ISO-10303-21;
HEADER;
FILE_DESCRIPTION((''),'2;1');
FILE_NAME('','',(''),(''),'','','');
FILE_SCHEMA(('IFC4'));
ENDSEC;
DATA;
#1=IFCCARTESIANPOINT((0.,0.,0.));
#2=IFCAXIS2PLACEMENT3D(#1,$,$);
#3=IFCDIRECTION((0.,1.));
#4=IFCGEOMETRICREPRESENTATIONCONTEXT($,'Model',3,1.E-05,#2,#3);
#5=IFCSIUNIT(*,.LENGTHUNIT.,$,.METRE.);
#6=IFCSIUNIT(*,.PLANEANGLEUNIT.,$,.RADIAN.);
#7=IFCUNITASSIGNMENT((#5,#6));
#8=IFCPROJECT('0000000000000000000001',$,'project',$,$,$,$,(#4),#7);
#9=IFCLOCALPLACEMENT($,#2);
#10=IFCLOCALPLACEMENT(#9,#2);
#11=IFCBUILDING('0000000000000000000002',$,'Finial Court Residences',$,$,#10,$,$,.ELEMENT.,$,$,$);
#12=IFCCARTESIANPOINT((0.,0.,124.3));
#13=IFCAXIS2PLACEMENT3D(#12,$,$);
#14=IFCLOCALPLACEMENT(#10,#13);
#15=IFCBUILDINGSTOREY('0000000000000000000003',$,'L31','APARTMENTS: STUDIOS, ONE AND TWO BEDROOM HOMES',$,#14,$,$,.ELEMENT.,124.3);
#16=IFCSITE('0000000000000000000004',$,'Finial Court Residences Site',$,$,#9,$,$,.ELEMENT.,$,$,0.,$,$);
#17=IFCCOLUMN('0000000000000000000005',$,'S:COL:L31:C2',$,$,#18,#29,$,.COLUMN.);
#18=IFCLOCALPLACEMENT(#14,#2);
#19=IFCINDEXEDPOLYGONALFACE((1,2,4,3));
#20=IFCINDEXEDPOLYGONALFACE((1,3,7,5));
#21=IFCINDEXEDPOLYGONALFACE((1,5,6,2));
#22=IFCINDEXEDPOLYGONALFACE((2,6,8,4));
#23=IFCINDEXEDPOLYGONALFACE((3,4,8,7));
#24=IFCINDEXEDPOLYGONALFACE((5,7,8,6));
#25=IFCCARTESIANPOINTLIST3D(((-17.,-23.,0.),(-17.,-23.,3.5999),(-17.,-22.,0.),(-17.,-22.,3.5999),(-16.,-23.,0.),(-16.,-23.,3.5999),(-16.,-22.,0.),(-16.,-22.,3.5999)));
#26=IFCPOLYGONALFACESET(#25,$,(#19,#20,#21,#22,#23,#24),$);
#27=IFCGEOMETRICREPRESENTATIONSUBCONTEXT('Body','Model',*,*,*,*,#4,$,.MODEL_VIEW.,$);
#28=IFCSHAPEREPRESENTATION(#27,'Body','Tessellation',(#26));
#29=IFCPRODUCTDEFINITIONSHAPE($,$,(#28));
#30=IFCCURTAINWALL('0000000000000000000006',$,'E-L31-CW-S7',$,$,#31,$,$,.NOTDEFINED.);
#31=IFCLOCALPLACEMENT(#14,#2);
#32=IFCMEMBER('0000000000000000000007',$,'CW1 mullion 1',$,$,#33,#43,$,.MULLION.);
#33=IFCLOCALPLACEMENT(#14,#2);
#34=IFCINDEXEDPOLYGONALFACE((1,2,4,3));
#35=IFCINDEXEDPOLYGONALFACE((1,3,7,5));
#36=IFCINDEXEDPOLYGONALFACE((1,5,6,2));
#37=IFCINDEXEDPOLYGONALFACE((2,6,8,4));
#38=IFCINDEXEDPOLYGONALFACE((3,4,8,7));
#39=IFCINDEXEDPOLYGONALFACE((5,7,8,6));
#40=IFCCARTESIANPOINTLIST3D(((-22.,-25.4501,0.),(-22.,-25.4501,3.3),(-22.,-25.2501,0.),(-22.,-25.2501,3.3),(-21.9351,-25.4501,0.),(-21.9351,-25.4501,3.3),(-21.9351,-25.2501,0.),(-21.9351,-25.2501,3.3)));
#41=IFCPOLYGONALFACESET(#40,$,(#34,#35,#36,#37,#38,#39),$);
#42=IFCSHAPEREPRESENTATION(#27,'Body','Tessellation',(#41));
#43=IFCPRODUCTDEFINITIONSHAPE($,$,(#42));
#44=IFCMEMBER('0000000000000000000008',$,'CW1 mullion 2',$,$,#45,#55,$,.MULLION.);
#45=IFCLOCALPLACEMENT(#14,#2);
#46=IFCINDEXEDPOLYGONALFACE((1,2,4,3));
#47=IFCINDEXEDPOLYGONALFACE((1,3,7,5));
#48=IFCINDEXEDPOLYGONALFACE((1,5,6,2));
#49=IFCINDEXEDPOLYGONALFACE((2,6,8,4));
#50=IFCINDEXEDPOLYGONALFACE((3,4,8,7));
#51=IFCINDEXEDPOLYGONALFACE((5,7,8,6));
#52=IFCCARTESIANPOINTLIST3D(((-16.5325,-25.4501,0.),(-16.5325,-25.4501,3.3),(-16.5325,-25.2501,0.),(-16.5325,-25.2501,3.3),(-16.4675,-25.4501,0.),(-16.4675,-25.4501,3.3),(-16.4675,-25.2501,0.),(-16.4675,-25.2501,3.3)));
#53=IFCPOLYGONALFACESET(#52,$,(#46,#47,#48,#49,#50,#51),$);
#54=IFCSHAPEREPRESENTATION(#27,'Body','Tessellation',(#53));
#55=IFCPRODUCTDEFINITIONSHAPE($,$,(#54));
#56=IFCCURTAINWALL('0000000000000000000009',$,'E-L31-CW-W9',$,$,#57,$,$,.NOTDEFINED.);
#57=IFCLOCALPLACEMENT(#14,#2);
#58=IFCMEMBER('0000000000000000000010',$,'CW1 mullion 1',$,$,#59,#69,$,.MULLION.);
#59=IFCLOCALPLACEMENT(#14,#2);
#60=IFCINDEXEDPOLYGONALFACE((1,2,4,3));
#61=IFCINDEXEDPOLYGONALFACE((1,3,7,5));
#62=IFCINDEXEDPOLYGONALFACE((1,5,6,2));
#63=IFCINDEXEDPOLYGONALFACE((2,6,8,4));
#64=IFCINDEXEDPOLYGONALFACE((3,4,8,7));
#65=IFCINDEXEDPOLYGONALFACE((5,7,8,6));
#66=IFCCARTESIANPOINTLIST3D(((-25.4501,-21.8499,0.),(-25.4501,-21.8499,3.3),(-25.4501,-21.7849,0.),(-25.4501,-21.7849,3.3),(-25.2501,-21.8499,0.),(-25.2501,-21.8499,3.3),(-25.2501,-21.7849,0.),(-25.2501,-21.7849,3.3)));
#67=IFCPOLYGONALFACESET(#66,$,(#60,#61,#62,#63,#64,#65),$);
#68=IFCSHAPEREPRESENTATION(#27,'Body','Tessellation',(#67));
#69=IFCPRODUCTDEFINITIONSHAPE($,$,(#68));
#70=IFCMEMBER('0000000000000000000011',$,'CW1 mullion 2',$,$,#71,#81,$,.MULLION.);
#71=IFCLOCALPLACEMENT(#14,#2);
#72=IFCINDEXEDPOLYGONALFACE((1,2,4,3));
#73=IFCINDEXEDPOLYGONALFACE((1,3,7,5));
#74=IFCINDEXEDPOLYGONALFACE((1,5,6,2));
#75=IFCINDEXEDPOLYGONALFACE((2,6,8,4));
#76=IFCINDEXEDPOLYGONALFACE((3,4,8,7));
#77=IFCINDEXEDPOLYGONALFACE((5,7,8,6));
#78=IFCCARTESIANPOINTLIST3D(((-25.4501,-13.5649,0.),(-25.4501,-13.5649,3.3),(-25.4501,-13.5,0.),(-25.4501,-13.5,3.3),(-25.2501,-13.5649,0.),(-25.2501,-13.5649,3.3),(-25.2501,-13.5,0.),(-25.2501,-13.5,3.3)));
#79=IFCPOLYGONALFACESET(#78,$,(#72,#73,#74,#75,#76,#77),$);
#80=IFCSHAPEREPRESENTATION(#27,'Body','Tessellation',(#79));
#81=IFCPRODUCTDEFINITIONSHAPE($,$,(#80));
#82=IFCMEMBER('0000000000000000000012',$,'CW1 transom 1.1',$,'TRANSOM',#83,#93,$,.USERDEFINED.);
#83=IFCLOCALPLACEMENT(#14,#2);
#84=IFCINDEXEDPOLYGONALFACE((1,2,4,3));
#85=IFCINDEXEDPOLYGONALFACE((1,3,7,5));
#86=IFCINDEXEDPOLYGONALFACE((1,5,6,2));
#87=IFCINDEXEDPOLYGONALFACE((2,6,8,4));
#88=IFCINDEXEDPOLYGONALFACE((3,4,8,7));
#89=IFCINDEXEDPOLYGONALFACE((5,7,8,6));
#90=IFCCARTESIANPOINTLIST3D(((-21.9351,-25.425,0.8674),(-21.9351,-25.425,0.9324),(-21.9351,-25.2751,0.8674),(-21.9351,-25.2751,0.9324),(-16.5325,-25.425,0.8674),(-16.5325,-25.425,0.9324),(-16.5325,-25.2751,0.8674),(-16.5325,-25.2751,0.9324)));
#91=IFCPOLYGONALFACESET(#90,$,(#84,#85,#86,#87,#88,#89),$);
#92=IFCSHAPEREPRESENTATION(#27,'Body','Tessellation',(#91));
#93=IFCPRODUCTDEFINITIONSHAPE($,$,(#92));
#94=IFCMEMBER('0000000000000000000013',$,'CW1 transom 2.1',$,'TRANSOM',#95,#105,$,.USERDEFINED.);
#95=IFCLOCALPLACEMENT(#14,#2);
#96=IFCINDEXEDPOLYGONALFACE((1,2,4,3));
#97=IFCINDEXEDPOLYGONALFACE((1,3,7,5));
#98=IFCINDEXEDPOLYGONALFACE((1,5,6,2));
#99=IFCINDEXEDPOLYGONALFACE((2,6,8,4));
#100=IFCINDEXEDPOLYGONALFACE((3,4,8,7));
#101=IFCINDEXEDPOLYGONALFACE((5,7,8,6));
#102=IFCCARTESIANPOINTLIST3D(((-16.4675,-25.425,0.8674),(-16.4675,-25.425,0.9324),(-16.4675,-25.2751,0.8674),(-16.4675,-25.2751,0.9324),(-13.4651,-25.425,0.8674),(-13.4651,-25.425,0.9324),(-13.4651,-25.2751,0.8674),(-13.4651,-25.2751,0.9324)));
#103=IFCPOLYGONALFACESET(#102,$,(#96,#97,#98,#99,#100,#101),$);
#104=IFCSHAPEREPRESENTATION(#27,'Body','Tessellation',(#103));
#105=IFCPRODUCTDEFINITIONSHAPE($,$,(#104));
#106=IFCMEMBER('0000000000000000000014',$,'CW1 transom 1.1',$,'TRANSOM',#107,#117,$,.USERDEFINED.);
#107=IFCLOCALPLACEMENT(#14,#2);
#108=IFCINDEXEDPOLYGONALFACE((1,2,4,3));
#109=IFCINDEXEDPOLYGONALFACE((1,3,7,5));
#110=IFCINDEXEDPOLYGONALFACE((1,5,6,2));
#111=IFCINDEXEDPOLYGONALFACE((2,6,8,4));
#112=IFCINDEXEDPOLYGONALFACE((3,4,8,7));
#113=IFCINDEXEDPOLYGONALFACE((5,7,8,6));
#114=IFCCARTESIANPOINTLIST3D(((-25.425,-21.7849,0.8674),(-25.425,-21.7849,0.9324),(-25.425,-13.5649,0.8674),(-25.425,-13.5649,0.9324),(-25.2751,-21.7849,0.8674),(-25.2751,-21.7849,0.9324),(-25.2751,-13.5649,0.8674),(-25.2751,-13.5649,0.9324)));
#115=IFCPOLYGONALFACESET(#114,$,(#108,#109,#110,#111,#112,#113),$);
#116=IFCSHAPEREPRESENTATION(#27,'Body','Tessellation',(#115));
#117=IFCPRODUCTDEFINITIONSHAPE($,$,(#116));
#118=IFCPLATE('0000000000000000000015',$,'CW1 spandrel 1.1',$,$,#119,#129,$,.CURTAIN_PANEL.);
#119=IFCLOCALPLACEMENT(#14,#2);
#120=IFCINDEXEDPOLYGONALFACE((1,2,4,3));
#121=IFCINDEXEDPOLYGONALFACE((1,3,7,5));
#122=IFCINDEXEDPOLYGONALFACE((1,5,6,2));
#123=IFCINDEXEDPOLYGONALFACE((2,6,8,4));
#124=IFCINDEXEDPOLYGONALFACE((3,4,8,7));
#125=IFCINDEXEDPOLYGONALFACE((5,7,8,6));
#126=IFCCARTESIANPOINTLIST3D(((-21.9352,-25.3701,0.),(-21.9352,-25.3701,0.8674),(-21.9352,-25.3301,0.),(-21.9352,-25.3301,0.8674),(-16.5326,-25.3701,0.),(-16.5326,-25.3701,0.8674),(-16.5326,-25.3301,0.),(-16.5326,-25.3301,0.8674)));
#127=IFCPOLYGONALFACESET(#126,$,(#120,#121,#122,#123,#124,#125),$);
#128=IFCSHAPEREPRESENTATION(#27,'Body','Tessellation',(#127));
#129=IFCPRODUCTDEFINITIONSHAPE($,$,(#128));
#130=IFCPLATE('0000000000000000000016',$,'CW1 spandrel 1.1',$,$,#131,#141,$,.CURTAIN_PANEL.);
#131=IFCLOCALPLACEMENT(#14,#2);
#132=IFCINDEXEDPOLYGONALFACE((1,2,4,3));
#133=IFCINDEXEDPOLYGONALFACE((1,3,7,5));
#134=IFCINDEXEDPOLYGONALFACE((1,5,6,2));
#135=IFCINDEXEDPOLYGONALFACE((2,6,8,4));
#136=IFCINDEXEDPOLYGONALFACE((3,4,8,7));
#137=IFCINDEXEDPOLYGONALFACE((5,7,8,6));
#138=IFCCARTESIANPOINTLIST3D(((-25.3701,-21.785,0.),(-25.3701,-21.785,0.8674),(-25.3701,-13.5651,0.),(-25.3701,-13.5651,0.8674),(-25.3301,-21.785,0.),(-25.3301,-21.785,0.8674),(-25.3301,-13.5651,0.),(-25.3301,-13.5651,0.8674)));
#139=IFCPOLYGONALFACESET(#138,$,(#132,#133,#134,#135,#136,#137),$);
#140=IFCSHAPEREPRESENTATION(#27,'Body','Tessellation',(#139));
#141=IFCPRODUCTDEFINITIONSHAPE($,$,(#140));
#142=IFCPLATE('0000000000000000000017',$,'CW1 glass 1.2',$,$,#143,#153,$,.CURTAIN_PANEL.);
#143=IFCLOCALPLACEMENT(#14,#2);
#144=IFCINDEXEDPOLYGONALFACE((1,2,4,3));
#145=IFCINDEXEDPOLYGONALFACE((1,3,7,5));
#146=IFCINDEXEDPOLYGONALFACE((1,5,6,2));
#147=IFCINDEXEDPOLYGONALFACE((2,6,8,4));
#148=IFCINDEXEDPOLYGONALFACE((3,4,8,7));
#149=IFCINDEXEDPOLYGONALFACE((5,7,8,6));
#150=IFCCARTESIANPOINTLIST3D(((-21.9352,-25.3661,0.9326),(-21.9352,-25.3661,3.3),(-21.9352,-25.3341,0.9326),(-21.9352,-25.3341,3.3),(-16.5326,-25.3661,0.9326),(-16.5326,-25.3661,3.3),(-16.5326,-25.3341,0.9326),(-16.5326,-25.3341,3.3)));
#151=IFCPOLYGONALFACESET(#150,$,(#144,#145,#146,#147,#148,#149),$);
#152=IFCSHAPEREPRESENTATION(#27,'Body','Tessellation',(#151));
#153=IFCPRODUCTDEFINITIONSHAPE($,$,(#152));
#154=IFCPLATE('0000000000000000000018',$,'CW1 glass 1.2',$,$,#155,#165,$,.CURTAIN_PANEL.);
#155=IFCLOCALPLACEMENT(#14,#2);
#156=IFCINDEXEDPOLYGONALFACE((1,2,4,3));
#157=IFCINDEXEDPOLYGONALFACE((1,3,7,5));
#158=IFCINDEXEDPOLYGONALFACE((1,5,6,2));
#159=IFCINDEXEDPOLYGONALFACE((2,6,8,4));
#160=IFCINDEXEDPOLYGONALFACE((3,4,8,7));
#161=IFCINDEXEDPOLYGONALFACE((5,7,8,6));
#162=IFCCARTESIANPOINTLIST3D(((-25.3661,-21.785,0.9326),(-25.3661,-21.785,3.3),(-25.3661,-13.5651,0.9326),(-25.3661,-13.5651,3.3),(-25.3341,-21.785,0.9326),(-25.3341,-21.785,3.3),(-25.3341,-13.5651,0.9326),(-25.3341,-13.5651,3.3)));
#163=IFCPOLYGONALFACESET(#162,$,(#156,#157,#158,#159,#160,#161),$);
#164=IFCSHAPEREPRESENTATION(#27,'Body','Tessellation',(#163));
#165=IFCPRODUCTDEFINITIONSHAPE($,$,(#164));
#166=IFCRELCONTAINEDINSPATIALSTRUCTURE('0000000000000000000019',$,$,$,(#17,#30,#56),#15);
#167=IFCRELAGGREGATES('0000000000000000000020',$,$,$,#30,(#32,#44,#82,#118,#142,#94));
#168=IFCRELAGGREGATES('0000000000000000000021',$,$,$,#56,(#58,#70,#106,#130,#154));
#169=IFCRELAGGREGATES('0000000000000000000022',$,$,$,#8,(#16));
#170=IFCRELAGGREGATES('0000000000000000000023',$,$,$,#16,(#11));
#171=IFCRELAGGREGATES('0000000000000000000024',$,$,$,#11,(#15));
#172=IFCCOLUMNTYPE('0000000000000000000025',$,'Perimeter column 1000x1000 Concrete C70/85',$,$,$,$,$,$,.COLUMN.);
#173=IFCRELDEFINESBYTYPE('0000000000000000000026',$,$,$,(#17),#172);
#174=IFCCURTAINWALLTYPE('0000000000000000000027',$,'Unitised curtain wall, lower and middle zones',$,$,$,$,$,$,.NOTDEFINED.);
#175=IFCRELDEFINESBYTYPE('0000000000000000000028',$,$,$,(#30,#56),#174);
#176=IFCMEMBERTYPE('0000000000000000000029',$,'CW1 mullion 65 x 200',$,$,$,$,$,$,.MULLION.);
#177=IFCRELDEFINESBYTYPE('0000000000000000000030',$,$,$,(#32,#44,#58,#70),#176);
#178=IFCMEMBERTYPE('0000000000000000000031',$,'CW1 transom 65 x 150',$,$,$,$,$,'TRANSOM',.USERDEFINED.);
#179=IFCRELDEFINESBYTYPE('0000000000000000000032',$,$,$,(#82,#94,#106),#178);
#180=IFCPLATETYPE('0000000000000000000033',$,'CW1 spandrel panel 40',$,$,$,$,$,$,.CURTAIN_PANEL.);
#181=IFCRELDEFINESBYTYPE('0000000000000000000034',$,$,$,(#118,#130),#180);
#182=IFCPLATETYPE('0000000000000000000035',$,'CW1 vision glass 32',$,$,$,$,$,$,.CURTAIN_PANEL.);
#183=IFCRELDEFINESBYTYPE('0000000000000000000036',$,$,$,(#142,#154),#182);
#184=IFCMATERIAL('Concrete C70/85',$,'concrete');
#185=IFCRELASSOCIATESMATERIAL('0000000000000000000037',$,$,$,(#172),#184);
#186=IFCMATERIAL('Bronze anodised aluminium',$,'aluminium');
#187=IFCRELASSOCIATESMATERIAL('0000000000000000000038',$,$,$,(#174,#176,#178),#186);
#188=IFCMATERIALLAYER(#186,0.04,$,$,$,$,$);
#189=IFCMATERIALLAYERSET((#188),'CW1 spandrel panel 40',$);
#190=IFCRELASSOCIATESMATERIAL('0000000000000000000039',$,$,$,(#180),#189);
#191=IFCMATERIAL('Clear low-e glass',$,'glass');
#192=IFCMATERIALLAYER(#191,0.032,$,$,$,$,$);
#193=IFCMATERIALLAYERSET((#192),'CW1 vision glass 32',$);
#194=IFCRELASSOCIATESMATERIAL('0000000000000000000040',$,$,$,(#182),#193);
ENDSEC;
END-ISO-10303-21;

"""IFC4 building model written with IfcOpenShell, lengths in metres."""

from ifc_helpers import new_model, si_unit, direction, frame, origin, origin_2d, place, context, subcontext, project, spatial, rectangle, extrude, material, layer, layer_set, material_profile, profile_set, type_object, element, aggregate, save


model = new_model("IFC4")

# Units and contexts
model_context = context("Model", 3, precision=1e-05, world=origin(), true_north=direction((0.0, 1.0)))
body_context = subcontext(model_context, "Body", "Model", "MODEL_VIEW")
ifc_project = project(units=[si_unit("LENGTHUNIT", "METRE"), si_unit("PLANEANGLEUNIT", "RADIAN")], contexts=[model_context])

# Site, building, storey
site_placement = place(None, origin())
site = spatial("IfcSite", under=ifc_project, at=site_placement, Name="Finial Court Residences Site", CompositionType="ELEMENT", RefElevation=0.0)
building_placement = place(site_placement, origin())
building = spatial("IfcBuilding", under=site, at=building_placement, Name="Finial Court Residences", CompositionType="ELEMENT")
storey_placement = place(building_placement, frame((0.0, 0.0, 124.3)))
storey = spatial("IfcBuildingStorey", under=building, at=storey_placement, Name="L31", Description="APARTMENTS: STUDIOS, ONE AND TWO BEDROOM HOMES", CompositionType="ELEMENT", Elevation=124.3)

# Column
ifc_material_1 = material(Name="Concrete C70/85", Category="concrete")
ifc_material_profile_1 = material_profile(ifc_material_1, rectangle(XDim=1.0, YDim=1.0, at=origin_2d()), Name="1000x1000")
ifc_profile_set_1 = profile_set([ifc_material_profile_1], Name="Concrete C70/85")
column_type = type_object("IfcColumnType", Name="Perimeter column 1000x1000 Concrete C70/85", PredefinedType="COLUMN", material=ifc_profile_set_1)
column_placement = place(storey_placement, frame((-16.5, -22.5, 0.0), z_axis=(0.0, 0.0, 1.0), x_axis=(1.0, 0.0, 0.0)))
element("IfcColumn", 1, at=column_placement, inside=storey, type_object=column_type, Name="S:COL:L31:C2", PredefinedType="COLUMN", context=body_context, shape_type="SweptSolid", body=[
    extrude(rectangle(XDim=1.0, YDim=1.0, at=origin_2d()), origin(), (0.0, 0.0, 1.0), 3.5999),
])

# Curtain walls, members
ifc_material_2 = material(Name="Bronze anodised aluminium", Category="aluminium")
curtain_wall_type = type_object("IfcCurtainWallType", Name="Unitised curtain wall, lower and middle zones", PredefinedType="NOTDEFINED", material=ifc_material_2)
curtain_wall_1_placement = place(storey_placement, origin())
curtain_wall_1 = element("IfcCurtainWall", 2, at=curtain_wall_1_placement, inside=storey, type_object=curtain_wall_type, Name="E-L31-CW-S7", PredefinedType="NOTDEFINED")
ifc_material_profile_2 = material_profile(ifc_material_2, rectangle(XDim=0.2, YDim=0.0649, at=origin_2d()), Name="CW1 mullion 65 x 200")
ifc_profile_set_2 = profile_set([ifc_material_profile_2], Name="Bronze anodised aluminium")
member_type_1 = type_object("IfcMemberType", Name="CW1 mullion 65 x 200", PredefinedType="MULLION", material=ifc_profile_set_2)
member_1_placement = place(storey_placement, frame((-21.9675, -25.3501, 0.0), z_axis=(0.0, 0.0, 1.0), x_axis=(0.0, 1.0, 0.0)))
member_1 = element("IfcMember", 3, at=member_1_placement, type_object=member_type_1, Name="CW1 mullion 1", PredefinedType="MULLION", context=body_context, shape_type="SweptSolid", body=[
    extrude(rectangle(XDim=0.2, YDim=0.0649, at=origin_2d()), origin(), (0.0, 0.0, 1.0), 3.3),
])
member_2_placement = place(storey_placement, frame((-16.5, -25.3501, 0.0), z_axis=(0.0, 0.0, 1.0), x_axis=(0.0, 1.0, 0.0)))
member_2 = element("IfcMember", 4, at=member_2_placement, type_object=member_type_1, Name="CW1 mullion 2", PredefinedType="MULLION", context=body_context, shape_type="SweptSolid", body=[
    extrude(rectangle(XDim=0.2, YDim=0.0649, at=origin_2d()), origin(), (0.0, 0.0, 1.0), 3.3),
])
curtain_wall_2_placement = place(storey_placement, origin())
curtain_wall_2 = element("IfcCurtainWall", 5, at=curtain_wall_2_placement, inside=storey, type_object=curtain_wall_type, Name="E-L31-CW-W9", PredefinedType="NOTDEFINED")
member_3_placement = place(storey_placement, frame((-25.3501, -21.8174, 0.0), z_axis=(0.0, 0.0, 1.0), x_axis=(-1.0, 0.0, 0.0)))
member_3 = element("IfcMember", 6, at=member_3_placement, type_object=member_type_1, Name="CW1 mullion 1", PredefinedType="MULLION", context=body_context, shape_type="SweptSolid", body=[
    extrude(rectangle(XDim=0.2, YDim=0.0649, at=origin_2d()), origin(), (0.0, 0.0, 1.0), 3.3),
])
member_4_placement = place(storey_placement, frame((-25.3501, -13.5325, 0.0), z_axis=(0.0, 0.0, 1.0), x_axis=(-1.0, 0.0, 0.0)))
member_4 = element("IfcMember", 7, at=member_4_placement, type_object=member_type_1, Name="CW1 mullion 2", PredefinedType="MULLION", context=body_context, shape_type="SweptSolid", body=[
    extrude(rectangle(XDim=0.2, YDim=0.0649, at=origin_2d()), origin(), (0.0, 0.0, 1.0), 3.3),
])

# Members
ifc_material_profile_3 = material_profile(ifc_material_2, rectangle(XDim=0.1499, YDim=0.0649, at=origin_2d()), Name="CW1 transom 65 x 150")
ifc_profile_set_3 = profile_set([ifc_material_profile_3], Name="Bronze anodised aluminium")
member_type_2 = type_object("IfcMemberType", Name="CW1 transom 65 x 150", ElementType="TRANSOM", PredefinedType="USERDEFINED", material=ifc_profile_set_3)
member_5_placement = place(storey_placement, frame((-21.9351, -25.3501, 0.8999), z_axis=(1.0, 0.0, 0.0), x_axis=(0.0, 1.0, 0.0)))
member_5 = element("IfcMember", 8, at=member_5_placement, type_object=member_type_2, Name="CW1 transom 1.1", ObjectType="TRANSOM", PredefinedType="USERDEFINED", context=body_context, shape_type="SweptSolid", body=[
    extrude(rectangle(XDim=0.1499, YDim=0.0649, at=origin_2d()), origin(), (0.0, 0.0, 1.0), 5.4026),
])
member_6_placement = place(storey_placement, frame((-16.4675, -25.3501, 0.8999), z_axis=(1.0, 0.0, 0.0), x_axis=(0.0, 1.0, 0.0)))
member_6 = element("IfcMember", 9, at=member_6_placement, type_object=member_type_2, Name="CW1 transom 2.1", ObjectType="TRANSOM", PredefinedType="USERDEFINED", context=body_context, shape_type="SweptSolid", body=[
    extrude(rectangle(XDim=0.1499, YDim=0.0649, at=origin_2d()), origin(), (0.0, 0.0, 1.0), 3.0024),
])
member_7_placement = place(storey_placement, frame((-25.3501, -21.7849, 0.8999), z_axis=(0.0, 1.0, 0.0), x_axis=(-1.0, 0.0, 0.0)))
member_7 = element("IfcMember", 10, at=member_7_placement, type_object=member_type_2, Name="CW1 transom 1.1", ObjectType="TRANSOM", PredefinedType="USERDEFINED", context=body_context, shape_type="SweptSolid", body=[
    extrude(rectangle(XDim=0.1499, YDim=0.0649, at=origin_2d()), origin(), (0.0, 0.0, 1.0), 8.22),
])

# Plates
ifc_layer_1 = layer(ifc_material_2, 0.04)
ifc_layer_set_1 = layer_set([ifc_layer_1], Name="CW1 spandrel panel 40")
plate_type_1 = type_object("IfcPlateType", Name="CW1 spandrel panel 40", PredefinedType="CURTAIN_PANEL", material=ifc_layer_set_1)
plate_1_placement = place(storey_placement, frame((-19.2339, -25.3501, 0.0), z_axis=(0.0, 0.0, 1.0), x_axis=(1.0, 0.0, 0.0)))
plate_1 = element("IfcPlate", 11, at=plate_1_placement, type_object=plate_type_1, Name="CW1 spandrel 1.1", PredefinedType="CURTAIN_PANEL", context=body_context, shape_type="SweptSolid", body=[
    extrude(rectangle(XDim=5.4026, YDim=0.04, at=origin_2d()), origin(), (0.0, 0.0, 1.0), 0.8674),
])
plate_2_placement = place(storey_placement, frame((-25.3501, -17.675, 0.0), z_axis=(0.0, 0.0, 1.0), x_axis=(0.0, 1.0, 0.0)))
plate_2 = element("IfcPlate", 12, at=plate_2_placement, type_object=plate_type_1, Name="CW1 spandrel 1.1", PredefinedType="CURTAIN_PANEL", context=body_context, shape_type="SweptSolid", body=[
    extrude(rectangle(XDim=8.22, YDim=0.04, at=origin_2d()), origin(), (0.0, 0.0, 1.0), 0.8674),
])
ifc_material_3 = material(Name="Clear low-e glass", Category="glass")
ifc_layer_2 = layer(ifc_material_3, 0.032)
ifc_layer_set_2 = layer_set([ifc_layer_2], Name="CW1 vision glass 32")
plate_type_2 = type_object("IfcPlateType", Name="CW1 vision glass 32", PredefinedType="CURTAIN_PANEL", material=ifc_layer_set_2)
plate_3_placement = place(storey_placement, frame((-19.2339, -25.3501, 0.9326), z_axis=(0.0, 0.0, 1.0), x_axis=(1.0, 0.0, 0.0)))
plate_3 = element("IfcPlate", 13, at=plate_3_placement, type_object=plate_type_2, Name="CW1 glass 1.2", PredefinedType="CURTAIN_PANEL", context=body_context, shape_type="SweptSolid", body=[
    extrude(rectangle(XDim=5.4026, YDim=0.032, at=origin_2d()), origin(), (0.0, 0.0, 1.0), 2.3674),
])
aggregate(curtain_wall_1, [member_1, member_2, member_5, plate_1, plate_3, member_6])
plate_4_placement = place(storey_placement, frame((-25.3501, -17.675, 0.9326), z_axis=(0.0, 0.0, 1.0), x_axis=(0.0, 1.0, 0.0)))
plate_4 = element("IfcPlate", 14, at=plate_4_placement, type_object=plate_type_2, Name="CW1 glass 1.2", PredefinedType="CURTAIN_PANEL", context=body_context, shape_type="SweptSolid", body=[
    extrude(rectangle(XDim=8.22, YDim=0.032, at=origin_2d()), origin(), (0.0, 0.0, 1.0), 2.3674),
])
aggregate(curtain_wall_2, [member_3, member_4, member_7, plate_2, plate_4])

save(model, "model.ifc")
